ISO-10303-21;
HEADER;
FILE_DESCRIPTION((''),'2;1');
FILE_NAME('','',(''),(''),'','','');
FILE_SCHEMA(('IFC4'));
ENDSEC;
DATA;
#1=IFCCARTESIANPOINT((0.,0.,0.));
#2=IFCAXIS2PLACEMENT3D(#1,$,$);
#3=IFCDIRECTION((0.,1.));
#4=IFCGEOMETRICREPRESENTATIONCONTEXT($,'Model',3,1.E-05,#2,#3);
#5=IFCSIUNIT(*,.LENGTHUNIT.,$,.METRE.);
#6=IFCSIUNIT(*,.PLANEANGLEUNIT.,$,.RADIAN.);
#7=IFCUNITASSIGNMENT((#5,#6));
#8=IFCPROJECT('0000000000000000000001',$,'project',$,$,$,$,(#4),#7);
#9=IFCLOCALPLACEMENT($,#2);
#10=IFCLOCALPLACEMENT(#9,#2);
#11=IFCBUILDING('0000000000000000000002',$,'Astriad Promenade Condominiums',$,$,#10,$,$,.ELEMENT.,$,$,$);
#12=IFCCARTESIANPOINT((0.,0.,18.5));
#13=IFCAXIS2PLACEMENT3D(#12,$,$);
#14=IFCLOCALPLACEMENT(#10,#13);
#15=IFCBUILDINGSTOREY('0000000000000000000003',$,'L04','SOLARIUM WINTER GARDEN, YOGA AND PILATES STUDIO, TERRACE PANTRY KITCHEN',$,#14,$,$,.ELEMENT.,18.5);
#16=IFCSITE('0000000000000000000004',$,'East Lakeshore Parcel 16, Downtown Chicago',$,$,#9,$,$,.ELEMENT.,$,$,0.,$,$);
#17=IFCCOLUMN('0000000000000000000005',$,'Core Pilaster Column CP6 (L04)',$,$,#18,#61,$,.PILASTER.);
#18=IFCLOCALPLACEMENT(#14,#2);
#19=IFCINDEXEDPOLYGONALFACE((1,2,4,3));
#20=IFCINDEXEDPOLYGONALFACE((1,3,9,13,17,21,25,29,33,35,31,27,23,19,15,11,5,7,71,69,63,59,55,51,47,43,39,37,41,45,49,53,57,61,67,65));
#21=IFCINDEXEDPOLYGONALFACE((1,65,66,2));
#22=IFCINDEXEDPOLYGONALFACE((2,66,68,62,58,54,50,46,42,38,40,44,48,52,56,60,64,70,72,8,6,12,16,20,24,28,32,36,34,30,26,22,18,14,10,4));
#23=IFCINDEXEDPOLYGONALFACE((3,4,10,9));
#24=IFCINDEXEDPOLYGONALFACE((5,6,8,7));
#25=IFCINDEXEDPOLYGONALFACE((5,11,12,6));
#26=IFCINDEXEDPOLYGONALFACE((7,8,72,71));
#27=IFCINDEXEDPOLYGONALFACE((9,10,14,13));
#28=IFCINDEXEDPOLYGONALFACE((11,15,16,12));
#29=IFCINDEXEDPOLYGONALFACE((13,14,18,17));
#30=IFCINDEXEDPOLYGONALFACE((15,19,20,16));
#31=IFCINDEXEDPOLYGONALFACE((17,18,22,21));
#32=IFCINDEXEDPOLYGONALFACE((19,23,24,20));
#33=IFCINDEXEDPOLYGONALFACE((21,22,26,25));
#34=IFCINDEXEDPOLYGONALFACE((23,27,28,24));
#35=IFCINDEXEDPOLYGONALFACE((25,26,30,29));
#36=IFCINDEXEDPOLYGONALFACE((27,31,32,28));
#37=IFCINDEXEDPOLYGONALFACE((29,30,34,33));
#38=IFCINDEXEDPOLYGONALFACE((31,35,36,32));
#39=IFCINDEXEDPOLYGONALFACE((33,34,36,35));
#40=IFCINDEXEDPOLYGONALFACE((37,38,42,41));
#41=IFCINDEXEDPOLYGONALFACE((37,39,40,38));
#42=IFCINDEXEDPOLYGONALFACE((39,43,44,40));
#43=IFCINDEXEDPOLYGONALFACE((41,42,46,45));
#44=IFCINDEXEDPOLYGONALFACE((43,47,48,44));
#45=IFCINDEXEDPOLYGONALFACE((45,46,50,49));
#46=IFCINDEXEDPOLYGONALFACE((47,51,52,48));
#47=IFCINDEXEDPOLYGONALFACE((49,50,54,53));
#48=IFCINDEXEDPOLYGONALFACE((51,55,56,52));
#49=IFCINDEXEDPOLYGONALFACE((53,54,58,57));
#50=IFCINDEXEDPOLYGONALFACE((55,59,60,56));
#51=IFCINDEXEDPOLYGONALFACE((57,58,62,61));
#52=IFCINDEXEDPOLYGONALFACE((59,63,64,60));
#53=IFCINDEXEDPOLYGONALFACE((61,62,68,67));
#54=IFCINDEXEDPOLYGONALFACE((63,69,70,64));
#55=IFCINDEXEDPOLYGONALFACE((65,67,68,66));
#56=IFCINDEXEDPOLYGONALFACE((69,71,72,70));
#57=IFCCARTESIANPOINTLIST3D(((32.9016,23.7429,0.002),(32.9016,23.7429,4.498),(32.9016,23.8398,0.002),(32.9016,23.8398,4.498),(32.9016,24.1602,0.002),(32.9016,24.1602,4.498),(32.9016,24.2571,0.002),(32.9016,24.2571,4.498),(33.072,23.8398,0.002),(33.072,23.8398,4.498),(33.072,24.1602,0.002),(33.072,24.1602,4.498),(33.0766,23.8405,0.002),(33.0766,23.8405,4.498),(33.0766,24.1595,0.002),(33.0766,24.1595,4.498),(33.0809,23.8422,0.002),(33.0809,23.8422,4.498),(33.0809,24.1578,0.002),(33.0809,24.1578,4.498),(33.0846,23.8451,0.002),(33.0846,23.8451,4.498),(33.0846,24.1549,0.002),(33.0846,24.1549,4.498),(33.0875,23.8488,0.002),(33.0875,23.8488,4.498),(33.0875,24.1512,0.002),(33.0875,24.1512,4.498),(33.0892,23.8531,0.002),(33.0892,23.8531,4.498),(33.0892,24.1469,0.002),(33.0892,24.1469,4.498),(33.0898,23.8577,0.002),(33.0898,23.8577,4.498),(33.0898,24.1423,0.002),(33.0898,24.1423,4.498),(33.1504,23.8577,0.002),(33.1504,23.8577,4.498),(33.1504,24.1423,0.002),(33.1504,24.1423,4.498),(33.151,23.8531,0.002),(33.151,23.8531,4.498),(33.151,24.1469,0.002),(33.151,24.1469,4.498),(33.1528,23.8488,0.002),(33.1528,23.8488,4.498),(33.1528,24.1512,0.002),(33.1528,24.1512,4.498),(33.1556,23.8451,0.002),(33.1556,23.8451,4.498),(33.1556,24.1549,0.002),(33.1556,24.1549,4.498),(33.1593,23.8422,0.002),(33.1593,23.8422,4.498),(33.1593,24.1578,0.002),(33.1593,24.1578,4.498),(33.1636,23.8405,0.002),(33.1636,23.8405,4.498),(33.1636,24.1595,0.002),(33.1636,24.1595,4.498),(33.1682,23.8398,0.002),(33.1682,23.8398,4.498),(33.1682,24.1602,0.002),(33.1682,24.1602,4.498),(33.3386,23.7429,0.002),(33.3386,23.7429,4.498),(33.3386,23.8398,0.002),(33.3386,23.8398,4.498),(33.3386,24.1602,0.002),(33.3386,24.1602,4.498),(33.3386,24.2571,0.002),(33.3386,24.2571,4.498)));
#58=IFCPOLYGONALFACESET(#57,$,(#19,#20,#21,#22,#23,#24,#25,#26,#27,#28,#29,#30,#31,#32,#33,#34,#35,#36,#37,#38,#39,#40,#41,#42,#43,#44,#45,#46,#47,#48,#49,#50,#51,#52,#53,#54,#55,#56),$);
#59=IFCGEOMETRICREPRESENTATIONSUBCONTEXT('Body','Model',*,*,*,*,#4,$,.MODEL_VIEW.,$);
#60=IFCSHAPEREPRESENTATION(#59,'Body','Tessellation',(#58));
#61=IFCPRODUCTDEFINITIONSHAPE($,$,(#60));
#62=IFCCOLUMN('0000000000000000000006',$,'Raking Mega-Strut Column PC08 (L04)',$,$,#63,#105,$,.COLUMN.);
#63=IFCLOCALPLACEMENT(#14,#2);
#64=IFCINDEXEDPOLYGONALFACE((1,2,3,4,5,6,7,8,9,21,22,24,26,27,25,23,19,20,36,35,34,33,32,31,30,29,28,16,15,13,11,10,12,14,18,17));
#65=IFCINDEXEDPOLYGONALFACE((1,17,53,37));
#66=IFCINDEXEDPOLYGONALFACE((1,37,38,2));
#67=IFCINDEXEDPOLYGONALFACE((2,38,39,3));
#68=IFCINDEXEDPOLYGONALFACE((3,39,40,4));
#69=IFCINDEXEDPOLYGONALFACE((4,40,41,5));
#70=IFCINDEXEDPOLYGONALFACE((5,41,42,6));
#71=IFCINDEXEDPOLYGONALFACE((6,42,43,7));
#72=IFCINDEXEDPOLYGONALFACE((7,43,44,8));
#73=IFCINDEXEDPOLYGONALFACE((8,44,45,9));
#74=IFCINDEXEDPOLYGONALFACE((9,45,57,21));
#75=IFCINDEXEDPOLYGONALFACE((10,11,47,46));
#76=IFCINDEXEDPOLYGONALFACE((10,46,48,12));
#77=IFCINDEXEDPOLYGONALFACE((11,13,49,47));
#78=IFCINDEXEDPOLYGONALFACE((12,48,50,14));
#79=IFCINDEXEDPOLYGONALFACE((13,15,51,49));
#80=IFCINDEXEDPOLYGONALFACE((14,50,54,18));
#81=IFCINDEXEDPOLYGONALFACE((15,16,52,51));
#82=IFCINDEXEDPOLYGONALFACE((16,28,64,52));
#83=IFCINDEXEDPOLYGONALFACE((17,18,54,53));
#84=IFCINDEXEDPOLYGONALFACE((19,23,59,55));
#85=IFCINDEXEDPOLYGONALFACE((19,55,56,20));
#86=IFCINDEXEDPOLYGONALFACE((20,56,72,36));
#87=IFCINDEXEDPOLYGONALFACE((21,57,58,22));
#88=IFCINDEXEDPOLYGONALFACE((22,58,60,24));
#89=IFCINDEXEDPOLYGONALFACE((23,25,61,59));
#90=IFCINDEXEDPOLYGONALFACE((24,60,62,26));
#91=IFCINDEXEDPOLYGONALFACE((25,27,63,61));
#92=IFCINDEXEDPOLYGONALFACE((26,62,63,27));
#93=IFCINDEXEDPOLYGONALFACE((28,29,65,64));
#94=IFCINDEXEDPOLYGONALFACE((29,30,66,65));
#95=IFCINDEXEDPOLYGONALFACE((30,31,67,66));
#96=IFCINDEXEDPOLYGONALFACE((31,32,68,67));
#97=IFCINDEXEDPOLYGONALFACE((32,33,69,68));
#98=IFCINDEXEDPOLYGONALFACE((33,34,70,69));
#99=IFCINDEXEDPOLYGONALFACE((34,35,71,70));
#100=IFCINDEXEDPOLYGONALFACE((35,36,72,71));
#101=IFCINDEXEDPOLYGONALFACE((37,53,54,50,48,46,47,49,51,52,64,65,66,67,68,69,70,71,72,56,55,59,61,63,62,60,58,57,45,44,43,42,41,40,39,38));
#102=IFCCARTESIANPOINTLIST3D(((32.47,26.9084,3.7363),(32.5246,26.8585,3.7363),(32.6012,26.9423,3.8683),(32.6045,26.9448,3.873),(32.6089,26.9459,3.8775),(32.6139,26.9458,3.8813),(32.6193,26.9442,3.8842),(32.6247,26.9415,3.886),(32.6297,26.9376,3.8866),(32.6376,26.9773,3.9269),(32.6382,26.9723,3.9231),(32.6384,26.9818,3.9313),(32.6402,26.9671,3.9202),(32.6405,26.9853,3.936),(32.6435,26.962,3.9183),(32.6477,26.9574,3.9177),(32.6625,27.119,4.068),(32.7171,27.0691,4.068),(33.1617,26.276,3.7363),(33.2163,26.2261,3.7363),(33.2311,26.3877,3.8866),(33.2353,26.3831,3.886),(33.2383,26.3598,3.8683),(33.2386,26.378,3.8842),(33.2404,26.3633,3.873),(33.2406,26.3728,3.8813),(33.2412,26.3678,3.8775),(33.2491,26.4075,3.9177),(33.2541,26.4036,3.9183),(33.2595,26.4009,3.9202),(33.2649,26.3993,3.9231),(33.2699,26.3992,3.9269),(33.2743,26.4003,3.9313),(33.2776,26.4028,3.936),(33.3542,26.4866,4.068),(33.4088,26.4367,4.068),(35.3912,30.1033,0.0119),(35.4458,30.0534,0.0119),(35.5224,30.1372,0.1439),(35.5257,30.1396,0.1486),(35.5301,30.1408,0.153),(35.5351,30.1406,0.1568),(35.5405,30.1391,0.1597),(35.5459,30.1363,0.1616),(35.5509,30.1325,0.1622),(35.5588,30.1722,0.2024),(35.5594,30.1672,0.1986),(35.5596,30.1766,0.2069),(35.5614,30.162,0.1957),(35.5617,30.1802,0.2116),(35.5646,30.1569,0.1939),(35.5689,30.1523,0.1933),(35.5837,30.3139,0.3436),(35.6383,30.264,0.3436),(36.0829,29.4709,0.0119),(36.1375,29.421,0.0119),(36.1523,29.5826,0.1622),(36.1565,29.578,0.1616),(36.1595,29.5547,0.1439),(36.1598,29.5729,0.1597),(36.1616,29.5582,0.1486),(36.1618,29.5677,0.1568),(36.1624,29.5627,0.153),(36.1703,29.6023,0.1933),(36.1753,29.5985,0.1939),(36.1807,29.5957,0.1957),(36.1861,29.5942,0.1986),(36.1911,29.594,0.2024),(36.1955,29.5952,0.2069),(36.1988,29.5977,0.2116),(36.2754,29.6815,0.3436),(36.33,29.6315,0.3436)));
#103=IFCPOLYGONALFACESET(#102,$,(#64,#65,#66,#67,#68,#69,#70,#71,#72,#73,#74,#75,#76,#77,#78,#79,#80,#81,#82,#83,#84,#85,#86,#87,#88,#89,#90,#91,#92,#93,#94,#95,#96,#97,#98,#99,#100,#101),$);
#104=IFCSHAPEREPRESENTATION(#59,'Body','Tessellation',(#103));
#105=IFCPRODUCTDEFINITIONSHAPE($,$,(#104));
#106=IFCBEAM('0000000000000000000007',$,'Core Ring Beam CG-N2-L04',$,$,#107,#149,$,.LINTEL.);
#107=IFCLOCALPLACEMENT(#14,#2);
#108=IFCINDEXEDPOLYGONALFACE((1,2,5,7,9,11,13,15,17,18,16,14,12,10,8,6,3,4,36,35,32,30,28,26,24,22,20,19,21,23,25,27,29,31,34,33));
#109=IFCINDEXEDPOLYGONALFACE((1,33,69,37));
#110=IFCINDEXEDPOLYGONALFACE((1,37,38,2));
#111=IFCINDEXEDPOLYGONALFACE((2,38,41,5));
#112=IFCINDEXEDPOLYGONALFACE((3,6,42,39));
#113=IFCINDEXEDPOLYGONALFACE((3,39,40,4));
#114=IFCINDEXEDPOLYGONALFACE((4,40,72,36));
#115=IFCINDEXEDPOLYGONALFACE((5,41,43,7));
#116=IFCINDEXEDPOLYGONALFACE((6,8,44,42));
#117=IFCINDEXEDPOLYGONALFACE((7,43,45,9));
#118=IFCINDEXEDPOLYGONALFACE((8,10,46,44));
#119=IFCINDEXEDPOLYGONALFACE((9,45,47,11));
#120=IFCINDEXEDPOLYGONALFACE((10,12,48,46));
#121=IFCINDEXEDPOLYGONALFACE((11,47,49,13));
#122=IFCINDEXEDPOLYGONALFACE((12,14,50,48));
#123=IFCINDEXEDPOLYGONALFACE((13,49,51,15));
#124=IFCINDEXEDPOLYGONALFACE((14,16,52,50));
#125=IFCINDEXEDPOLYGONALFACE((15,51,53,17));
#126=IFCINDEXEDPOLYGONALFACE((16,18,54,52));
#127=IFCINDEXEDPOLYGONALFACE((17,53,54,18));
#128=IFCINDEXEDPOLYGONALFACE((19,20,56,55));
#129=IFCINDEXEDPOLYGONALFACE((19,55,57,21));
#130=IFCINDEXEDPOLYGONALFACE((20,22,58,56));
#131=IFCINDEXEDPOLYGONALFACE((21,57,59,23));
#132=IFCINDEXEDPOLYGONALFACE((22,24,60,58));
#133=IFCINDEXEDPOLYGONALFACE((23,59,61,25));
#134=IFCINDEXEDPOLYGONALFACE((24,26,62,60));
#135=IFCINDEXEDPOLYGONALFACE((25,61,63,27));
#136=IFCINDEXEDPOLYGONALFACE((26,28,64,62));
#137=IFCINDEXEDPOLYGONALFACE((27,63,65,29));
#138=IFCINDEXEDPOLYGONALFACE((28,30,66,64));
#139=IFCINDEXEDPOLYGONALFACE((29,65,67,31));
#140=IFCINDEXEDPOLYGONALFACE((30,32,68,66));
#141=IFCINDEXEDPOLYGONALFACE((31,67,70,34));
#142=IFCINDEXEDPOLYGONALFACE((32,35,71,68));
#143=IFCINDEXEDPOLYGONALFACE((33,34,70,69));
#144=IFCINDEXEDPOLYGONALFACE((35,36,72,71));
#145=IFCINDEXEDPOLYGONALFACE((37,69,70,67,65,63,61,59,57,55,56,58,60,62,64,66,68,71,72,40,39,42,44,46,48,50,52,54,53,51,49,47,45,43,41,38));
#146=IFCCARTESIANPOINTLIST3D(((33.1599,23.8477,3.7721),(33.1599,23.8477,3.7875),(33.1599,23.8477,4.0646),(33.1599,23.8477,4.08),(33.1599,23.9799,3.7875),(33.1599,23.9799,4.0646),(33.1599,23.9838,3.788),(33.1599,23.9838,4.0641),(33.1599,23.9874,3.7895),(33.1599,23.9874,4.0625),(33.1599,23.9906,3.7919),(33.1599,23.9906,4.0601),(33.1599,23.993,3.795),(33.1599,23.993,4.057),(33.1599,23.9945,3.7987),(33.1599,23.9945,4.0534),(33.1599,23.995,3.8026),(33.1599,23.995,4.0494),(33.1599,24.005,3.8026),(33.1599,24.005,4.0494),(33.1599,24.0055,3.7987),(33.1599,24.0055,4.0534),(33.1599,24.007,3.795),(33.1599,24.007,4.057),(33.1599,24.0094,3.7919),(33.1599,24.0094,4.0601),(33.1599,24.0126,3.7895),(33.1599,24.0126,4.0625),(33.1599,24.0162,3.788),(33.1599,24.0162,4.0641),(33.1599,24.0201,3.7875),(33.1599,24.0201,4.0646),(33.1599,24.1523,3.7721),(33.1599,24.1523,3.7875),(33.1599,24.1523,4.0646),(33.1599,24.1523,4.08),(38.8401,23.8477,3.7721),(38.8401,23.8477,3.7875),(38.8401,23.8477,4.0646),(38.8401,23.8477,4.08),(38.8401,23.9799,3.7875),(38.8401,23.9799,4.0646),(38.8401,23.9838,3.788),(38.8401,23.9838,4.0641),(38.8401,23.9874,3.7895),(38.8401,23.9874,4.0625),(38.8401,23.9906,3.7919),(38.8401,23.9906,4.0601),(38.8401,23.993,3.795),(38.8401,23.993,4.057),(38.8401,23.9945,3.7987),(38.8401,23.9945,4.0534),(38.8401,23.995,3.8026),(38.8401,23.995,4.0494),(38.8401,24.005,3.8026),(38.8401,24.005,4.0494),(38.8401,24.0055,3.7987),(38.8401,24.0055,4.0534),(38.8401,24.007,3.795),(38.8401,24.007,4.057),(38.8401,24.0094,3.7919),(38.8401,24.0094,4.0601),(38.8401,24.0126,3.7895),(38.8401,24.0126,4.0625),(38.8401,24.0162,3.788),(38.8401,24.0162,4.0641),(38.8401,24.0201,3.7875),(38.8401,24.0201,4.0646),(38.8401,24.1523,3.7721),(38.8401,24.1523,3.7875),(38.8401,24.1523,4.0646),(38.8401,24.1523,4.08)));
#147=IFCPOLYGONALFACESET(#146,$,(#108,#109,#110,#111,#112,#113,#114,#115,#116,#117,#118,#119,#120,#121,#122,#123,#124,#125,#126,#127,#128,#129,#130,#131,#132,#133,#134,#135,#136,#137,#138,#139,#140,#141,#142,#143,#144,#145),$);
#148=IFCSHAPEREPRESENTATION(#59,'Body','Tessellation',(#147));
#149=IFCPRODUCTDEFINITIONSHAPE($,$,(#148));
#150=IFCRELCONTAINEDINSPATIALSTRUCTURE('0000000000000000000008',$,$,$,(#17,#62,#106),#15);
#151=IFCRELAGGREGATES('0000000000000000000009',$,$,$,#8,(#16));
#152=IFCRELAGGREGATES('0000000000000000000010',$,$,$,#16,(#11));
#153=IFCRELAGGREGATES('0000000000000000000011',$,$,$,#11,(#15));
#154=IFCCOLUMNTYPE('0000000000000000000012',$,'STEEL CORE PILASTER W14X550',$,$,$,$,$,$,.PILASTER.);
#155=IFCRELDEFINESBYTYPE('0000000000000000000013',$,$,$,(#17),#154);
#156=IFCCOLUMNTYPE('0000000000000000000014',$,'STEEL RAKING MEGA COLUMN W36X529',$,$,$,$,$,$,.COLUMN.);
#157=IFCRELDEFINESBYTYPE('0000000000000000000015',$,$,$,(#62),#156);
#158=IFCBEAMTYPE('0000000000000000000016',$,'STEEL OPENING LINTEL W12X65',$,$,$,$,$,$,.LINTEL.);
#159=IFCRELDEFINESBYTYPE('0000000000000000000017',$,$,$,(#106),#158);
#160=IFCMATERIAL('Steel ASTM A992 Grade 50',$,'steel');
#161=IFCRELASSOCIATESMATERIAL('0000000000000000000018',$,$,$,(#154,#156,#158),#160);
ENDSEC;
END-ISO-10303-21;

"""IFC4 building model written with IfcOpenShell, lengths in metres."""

from ifc_helpers import new_model, si_unit, direction, frame, origin, origin_2d, place, context, subcontext, project, spatial, i_section, extrude, source, transform, mapped, material, material_profile, profile_set, type_object, type_shapes, element, save


model = new_model("IFC4")

# Units and contexts
model_context = context("Model", 3, precision=1e-05, world=origin(), true_north=direction((0.0, 1.0)))
body_context = subcontext(model_context, "Body", "Model", "MODEL_VIEW")
ifc_project = project(units=[si_unit("LENGTHUNIT", "METRE"), si_unit("PLANEANGLEUNIT", "RADIAN")], contexts=[model_context])

# Site, building, storey
site_placement = place(None, origin())
site = spatial("IfcSite", under=ifc_project, at=site_placement, Name="East Lakeshore Parcel 16, Downtown Chicago", CompositionType="ELEMENT", RefElevation=0.0)
building_placement = place(site_placement, origin())
building = spatial("IfcBuilding", under=site, at=building_placement, Name="Astriad Promenade Condominiums", CompositionType="ELEMENT")
storey_placement = place(building_placement, frame((0.0, 0.0, 18.5)))
storey = spatial("IfcBuildingStorey", under=building, at=storey_placement, Name="L04", Description="SOLARIUM WINTER GARDEN, YOGA AND PILATES STUDIO, TERRACE PANTRY KITCHEN", CompositionType="ELEMENT", Elevation=18.5)

# Columns
ifc_material_1 = material(Name="Steel ASTM A992 Grade 50", Category="steel")
ifc_material_profile_1 = material_profile(ifc_material_1, i_section(OverallWidth=0.437, OverallDepth=0.5142, WebThickness=0.0605, FlangeThickness=0.0969, FilletRadius=0.0178, at=origin_2d()), Name="W14X550")
ifc_profile_set_1 = profile_set([ifc_material_profile_1], Name="Steel ASTM A992 Grade 50")
column_type_1 = type_object("IfcColumnType", Name="STEEL CORE PILASTER W14X550", PredefinedType="PILASTER", material=ifc_profile_set_1)
shared_shape_1 = source(origin(), body_context, "Body", "SweptSolid", [
    extrude(i_section(OverallWidth=0.437, OverallDepth=0.5142, WebThickness=0.0605, FlangeThickness=0.0969, FilletRadius=0.0178, at=origin_2d()), origin(), (0.0, 0.0, 1.0), 4.4961),
])
type_shapes(column_type_1, [shared_shape_1])
column_1_placement = place(storey_placement, frame((33.1201, 24.0, 0.002), z_axis=(0.0, 0.0, 1.0), x_axis=(1.0, 0.0, 0.0)))
element("IfcColumn", 1, at=column_1_placement, inside=storey, type_object=column_type_1, Name="Core Pilaster Column CP6 (L04)", PredefinedType="PILASTER", context=body_context, shape_type="MappedRepresentation", body=[
    mapped(shared_shape_1, transform((0.0, 0.0, 0.0), scale=1.0)),
])
ifc_material_profile_2 = material_profile(ifc_material_1, i_section(OverallWidth=0.4375, OverallDepth=1.0112, WebThickness=0.041, FlangeThickness=0.074, FilletRadius=0.0242, at=origin_2d()), Name="W36X529")
ifc_profile_set_2 = profile_set([ifc_material_profile_2], Name="Steel ASTM A992 Grade 50")
column_type_2 = type_object("IfcColumnType", Name="STEEL RAKING MEGA COLUMN W36X529", PredefinedType="COLUMN", material=ifc_profile_set_2)
shared_shape_2 = source(origin(), body_context, "Body", "SweptSolid", [
    extrude(i_section(OverallWidth=0.4375, OverallDepth=1.0112, WebThickness=0.041, FlangeThickness=0.074, FilletRadius=0.0242, at=origin_2d()), origin(), (0.0, 0.0, 1.0), 5.7107),
])
type_shapes(column_type_2, [shared_shape_2])
column_2_placement = place(storey_placement, frame((35.8606, 29.8674, 0.1777), z_axis=(-0.511531, -0.559456, 0.652185), x_axis=(0.440088, 0.48132, 0.75806)))
element("IfcColumn", 2, at=column_2_placement, inside=storey, type_object=column_type_2, Name="Raking Mega-Strut Column PC08 (L04)", PredefinedType="COLUMN", context=body_context, shape_type="MappedRepresentation", body=[
    mapped(shared_shape_2, transform((0.0, 0.0, 0.0), scale=1.0)),
])

# Beam
ifc_material_profile_3 = material_profile(ifc_material_1, i_section(OverallWidth=0.3047, OverallDepth=0.3079, WebThickness=0.01, FlangeThickness=0.0154, FilletRadius=0.0151, at=origin_2d()), Name="W12X65")
ifc_profile_set_3 = profile_set([ifc_material_profile_3], Name="Steel ASTM A992 Grade 50")
beam_type_1 = type_object("IfcBeamType", Name="STEEL OPENING LINTEL W12X65", PredefinedType="LINTEL", material=ifc_profile_set_3)
shared_shape_3 = source(origin(), body_context, "Body", "SweptSolid", [
    extrude(i_section(OverallWidth=0.3047, OverallDepth=0.3079, WebThickness=0.01, FlangeThickness=0.0154, FilletRadius=0.0151, at=origin_2d()), origin(), (0.0, 0.0, 1.0), 5.6802),
])
type_shapes(beam_type_1, [shared_shape_3])
beam_1_placement = place(storey_placement, frame((33.1599, 24.0, 3.926), z_axis=(1.0, 0.0, 0.0), x_axis=(0.0, 1.0, 0.0)))
element("IfcBeam", 3, at=beam_1_placement, inside=storey, type_object=beam_type_1, Name="Core Ring Beam CG-N2-L04", PredefinedType="LINTEL", context=body_context, shape_type="MappedRepresentation", body=[
    mapped(shared_shape_3, transform((0.0, 0.0, 0.0), scale=1.0)),
])

save(model, "model.ifc")
